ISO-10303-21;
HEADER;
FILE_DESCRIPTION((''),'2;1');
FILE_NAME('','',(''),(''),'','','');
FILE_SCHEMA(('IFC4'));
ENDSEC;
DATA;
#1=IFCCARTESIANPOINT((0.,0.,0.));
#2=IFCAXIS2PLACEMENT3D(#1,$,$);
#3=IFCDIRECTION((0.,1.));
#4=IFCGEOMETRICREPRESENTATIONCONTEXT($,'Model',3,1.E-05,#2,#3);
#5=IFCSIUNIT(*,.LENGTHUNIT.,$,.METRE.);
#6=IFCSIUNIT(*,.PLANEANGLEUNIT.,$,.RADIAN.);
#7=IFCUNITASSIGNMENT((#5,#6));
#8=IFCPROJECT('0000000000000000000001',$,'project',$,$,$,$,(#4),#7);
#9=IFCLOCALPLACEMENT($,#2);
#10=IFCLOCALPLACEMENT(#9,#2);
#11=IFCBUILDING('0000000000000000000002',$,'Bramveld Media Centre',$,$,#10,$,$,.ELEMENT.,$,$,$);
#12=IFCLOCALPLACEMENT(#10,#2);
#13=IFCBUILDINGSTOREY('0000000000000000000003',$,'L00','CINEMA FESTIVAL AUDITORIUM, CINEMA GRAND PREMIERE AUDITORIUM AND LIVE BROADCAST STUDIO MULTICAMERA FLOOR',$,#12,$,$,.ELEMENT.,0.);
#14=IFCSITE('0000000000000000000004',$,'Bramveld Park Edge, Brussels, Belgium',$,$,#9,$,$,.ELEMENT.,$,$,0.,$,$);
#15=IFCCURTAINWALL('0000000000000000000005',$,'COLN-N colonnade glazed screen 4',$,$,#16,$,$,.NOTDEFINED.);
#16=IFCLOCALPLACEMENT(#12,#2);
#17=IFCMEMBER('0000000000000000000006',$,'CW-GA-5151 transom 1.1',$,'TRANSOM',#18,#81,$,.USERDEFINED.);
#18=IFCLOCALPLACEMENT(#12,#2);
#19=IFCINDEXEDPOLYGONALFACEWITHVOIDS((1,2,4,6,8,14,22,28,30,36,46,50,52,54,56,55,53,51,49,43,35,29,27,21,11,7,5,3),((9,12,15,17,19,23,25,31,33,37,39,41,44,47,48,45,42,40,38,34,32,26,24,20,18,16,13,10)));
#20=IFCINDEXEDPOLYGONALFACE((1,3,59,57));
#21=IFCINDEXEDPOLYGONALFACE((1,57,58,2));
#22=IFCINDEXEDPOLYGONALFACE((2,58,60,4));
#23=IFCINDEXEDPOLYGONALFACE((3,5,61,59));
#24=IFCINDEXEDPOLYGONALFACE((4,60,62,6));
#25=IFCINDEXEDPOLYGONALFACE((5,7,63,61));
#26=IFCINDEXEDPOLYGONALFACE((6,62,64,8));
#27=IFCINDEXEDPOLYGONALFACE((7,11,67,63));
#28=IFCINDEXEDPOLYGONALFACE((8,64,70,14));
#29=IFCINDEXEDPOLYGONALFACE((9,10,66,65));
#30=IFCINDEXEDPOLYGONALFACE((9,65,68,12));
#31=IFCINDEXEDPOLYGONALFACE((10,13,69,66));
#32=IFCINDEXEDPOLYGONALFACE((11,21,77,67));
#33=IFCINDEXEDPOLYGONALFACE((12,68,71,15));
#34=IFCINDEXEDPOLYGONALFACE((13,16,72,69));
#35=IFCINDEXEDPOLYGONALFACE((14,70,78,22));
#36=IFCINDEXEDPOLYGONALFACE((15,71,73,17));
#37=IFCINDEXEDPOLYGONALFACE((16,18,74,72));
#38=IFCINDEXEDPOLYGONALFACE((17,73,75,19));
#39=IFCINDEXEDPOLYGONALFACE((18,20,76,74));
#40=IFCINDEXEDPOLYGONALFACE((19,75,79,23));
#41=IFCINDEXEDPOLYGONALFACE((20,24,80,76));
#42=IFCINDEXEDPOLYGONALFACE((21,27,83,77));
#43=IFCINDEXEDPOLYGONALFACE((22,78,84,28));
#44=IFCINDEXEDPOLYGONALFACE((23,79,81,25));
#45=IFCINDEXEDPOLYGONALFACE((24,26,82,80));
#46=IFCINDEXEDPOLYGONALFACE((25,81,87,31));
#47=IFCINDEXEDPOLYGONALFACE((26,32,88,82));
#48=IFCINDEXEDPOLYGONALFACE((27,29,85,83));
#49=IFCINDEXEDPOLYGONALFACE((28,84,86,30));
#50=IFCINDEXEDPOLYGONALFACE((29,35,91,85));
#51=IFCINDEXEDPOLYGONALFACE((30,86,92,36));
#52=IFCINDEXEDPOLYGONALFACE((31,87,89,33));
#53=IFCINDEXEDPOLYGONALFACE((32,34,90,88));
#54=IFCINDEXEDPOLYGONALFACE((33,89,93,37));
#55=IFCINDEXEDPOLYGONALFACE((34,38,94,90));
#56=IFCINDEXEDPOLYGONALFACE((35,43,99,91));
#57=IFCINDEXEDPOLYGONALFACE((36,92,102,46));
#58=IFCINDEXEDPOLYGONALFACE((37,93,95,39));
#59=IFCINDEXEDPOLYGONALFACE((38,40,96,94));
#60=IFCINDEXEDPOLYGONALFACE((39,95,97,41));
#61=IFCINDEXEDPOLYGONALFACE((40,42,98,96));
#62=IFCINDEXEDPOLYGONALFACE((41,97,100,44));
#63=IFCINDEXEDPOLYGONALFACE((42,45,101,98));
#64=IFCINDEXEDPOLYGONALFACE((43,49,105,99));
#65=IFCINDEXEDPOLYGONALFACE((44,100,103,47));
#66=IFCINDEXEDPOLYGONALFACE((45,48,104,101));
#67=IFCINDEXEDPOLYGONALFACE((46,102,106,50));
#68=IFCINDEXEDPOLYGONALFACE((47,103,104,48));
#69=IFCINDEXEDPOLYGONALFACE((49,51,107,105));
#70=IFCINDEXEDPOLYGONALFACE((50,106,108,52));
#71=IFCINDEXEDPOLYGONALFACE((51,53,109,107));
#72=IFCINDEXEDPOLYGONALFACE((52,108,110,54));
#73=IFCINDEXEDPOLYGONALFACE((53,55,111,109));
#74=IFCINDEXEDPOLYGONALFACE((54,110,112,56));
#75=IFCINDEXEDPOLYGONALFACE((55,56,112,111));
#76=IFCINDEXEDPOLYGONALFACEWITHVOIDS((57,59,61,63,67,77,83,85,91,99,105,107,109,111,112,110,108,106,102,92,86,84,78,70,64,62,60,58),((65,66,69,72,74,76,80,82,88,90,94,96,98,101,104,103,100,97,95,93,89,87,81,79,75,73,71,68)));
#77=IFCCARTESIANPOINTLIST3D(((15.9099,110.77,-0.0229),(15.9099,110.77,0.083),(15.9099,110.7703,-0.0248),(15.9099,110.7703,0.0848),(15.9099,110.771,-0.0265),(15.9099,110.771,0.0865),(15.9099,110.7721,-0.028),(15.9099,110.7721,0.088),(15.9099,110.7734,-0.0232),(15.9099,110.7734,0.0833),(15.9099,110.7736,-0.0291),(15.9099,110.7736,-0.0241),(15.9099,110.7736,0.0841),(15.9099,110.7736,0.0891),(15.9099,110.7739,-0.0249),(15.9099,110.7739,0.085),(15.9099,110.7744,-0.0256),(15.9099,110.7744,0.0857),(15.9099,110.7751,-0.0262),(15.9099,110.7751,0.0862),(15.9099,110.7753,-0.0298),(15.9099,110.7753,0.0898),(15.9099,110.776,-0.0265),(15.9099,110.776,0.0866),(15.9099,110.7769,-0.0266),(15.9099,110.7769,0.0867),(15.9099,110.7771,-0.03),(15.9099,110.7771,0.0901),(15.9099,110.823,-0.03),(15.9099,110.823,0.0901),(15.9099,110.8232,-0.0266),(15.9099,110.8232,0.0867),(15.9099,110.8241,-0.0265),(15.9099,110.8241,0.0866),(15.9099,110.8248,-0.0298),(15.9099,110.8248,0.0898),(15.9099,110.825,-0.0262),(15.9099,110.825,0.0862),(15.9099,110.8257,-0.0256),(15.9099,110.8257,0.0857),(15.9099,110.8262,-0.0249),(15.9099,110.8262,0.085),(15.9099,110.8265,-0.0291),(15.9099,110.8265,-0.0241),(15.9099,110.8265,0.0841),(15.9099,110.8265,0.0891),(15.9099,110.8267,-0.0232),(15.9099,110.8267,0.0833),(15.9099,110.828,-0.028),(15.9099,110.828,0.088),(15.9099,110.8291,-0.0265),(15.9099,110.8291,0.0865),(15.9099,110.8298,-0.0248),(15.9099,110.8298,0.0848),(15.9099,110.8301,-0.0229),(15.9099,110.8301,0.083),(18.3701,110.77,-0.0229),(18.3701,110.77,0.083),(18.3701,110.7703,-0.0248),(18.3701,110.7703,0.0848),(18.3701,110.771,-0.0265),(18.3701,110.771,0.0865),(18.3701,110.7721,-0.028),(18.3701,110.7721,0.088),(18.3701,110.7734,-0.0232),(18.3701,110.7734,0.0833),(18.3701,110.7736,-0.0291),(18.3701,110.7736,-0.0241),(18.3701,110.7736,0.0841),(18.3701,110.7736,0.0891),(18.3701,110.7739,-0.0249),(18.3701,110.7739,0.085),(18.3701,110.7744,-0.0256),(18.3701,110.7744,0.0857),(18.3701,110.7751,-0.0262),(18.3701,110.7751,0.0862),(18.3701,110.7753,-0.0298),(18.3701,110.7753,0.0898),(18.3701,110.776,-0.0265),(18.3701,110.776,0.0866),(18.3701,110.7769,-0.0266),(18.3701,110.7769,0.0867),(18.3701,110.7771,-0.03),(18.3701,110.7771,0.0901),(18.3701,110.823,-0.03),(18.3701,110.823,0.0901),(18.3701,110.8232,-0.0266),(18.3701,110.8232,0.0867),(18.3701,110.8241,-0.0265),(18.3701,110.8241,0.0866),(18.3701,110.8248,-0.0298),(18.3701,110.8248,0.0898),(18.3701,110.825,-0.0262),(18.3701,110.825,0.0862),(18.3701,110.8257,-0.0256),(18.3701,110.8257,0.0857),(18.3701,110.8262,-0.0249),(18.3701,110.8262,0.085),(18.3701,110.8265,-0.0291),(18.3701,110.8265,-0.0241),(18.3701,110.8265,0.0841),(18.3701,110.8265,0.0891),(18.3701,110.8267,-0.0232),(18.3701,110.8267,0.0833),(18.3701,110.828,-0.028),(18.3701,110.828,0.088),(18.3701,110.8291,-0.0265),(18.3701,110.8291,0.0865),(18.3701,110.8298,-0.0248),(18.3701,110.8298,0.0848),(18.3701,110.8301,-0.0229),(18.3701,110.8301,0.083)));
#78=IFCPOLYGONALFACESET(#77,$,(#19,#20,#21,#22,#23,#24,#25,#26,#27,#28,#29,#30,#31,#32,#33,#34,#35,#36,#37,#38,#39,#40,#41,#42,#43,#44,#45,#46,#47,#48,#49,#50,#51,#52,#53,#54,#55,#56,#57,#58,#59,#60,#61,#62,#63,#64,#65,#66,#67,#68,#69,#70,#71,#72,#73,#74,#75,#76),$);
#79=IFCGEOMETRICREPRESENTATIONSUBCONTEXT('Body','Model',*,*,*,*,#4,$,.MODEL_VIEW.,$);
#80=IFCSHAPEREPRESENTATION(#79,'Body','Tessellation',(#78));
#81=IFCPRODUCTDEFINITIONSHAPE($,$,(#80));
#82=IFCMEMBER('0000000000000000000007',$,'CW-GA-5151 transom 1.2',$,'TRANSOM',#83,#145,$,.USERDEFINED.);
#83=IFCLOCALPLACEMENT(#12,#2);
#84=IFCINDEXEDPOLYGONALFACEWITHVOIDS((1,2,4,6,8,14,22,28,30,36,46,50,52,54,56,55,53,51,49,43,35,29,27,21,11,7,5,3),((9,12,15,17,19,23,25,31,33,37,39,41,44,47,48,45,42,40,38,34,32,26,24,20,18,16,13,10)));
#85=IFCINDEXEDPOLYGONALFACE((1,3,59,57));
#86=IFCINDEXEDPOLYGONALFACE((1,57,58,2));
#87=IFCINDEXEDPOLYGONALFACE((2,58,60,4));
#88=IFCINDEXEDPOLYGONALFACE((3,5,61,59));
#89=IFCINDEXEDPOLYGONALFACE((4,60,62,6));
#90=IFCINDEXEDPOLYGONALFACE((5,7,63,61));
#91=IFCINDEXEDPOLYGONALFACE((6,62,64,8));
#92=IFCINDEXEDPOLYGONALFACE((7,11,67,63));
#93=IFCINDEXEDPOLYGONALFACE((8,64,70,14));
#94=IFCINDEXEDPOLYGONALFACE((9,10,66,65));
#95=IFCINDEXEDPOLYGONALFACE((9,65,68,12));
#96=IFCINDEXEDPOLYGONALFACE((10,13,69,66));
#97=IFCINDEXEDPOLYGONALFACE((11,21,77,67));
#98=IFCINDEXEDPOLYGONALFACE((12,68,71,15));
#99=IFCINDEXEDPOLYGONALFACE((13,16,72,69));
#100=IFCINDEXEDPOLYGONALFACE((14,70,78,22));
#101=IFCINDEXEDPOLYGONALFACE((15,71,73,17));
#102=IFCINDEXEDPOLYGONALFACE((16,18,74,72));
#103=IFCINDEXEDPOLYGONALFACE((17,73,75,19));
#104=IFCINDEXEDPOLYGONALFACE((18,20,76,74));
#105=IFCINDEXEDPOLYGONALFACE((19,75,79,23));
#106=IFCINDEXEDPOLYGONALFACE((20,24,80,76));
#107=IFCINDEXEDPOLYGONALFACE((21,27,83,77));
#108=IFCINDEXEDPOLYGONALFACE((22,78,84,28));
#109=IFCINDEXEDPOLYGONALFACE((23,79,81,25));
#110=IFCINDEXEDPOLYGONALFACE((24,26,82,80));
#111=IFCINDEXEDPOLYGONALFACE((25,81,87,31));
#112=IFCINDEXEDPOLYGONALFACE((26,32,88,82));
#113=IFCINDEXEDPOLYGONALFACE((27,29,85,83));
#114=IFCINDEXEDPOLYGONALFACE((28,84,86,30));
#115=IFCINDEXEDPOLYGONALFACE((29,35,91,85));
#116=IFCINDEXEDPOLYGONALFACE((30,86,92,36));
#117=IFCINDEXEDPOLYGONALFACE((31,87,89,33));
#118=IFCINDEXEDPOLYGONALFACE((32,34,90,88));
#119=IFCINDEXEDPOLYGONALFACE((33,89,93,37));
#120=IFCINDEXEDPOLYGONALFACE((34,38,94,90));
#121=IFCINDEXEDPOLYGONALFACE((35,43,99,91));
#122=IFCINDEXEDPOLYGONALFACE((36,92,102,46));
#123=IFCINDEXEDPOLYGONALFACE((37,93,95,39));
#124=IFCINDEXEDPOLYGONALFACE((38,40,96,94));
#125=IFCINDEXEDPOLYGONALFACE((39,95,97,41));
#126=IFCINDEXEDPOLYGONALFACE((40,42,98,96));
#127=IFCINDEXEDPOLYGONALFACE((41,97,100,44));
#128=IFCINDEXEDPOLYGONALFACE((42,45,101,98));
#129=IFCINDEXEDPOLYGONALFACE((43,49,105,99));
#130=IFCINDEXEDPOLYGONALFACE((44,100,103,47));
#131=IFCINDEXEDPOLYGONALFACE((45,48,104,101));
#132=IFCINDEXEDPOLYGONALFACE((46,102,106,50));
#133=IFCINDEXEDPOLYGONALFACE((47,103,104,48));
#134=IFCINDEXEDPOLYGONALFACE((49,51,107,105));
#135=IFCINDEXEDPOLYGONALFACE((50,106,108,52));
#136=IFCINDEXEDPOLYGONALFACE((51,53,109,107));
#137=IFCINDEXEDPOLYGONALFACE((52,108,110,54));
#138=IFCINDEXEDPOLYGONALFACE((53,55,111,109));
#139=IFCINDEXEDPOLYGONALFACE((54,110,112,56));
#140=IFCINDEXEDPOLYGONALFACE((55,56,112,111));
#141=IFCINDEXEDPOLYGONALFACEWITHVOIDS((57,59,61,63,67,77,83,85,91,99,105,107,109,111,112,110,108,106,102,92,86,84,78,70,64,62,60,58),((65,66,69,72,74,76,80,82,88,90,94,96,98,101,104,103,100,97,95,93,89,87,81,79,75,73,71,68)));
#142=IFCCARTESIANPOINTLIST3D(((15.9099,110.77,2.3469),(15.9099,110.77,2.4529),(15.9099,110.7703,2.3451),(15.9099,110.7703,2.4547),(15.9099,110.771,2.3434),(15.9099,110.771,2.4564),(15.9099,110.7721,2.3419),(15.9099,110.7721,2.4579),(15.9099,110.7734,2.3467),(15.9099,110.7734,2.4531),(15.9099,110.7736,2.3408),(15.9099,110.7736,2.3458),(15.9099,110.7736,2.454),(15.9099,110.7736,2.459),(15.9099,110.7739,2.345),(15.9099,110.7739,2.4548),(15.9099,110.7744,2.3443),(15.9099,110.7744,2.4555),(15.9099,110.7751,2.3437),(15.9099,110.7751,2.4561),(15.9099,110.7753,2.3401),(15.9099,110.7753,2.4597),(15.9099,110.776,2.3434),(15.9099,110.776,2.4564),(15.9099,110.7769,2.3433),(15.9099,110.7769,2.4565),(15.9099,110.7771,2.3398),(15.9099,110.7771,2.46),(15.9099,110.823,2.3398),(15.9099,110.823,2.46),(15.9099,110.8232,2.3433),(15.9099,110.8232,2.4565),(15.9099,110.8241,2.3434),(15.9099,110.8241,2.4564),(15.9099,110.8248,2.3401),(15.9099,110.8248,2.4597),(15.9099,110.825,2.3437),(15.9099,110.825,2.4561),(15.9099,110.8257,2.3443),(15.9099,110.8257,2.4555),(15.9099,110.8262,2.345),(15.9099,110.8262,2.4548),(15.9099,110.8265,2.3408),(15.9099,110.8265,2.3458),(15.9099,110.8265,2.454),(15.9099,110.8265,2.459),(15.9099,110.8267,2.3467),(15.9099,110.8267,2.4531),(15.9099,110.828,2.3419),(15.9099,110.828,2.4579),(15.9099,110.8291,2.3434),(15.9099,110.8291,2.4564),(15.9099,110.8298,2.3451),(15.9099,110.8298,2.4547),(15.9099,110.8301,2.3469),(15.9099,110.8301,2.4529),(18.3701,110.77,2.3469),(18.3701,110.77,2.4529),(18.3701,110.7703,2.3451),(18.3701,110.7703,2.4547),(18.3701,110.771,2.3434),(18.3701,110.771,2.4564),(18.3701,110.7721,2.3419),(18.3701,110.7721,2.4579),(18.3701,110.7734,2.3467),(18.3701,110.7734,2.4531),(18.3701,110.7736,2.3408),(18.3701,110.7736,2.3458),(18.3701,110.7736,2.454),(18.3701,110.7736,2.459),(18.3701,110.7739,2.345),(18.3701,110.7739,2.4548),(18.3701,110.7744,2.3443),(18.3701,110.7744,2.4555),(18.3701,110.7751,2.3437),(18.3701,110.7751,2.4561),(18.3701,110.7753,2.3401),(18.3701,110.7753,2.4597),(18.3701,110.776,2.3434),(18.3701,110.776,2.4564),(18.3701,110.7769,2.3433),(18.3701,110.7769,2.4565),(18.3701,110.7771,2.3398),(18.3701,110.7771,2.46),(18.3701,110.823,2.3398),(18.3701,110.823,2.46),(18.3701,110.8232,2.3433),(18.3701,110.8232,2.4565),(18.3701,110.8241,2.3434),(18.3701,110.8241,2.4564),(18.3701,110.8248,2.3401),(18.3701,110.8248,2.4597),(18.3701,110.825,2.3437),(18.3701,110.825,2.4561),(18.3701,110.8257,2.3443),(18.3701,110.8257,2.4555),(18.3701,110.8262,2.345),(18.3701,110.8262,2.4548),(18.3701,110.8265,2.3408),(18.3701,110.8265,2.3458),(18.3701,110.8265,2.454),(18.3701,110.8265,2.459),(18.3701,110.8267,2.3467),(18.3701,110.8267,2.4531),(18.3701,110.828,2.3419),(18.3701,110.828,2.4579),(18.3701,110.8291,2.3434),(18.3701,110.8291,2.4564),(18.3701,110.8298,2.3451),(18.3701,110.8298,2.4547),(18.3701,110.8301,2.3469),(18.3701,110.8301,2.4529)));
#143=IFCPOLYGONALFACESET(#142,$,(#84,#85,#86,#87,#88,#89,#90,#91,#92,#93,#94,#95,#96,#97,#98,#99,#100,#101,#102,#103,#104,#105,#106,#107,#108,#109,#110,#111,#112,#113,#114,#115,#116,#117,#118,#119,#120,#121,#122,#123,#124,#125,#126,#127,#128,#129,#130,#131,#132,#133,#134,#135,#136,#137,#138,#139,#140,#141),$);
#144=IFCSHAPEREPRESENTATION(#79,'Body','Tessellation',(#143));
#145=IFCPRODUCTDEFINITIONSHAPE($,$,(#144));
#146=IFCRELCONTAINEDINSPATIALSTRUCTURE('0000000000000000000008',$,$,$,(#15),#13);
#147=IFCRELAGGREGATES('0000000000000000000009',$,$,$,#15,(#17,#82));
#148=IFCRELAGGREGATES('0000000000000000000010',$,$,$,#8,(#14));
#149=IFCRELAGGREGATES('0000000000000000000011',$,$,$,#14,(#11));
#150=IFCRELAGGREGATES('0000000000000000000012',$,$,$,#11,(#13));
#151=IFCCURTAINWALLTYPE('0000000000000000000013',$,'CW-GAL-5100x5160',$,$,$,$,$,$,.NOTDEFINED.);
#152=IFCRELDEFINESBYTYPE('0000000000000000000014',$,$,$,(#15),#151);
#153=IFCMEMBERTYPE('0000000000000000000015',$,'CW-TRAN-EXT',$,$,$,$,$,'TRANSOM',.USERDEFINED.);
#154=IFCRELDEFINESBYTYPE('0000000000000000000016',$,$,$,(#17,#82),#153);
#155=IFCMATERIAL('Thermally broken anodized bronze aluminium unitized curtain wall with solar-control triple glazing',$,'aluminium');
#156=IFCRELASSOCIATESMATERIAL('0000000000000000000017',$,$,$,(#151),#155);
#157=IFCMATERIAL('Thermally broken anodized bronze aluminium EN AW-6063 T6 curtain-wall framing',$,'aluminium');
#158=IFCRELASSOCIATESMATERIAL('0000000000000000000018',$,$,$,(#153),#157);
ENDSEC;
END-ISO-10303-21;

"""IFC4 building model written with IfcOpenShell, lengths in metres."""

from ifc_helpers import new_model, si_unit, direction, frame, origin, origin_2d, place, context, subcontext, project, spatial, hollow_rectangle, extrude, material, material_profile, profile_set, type_object, element, aggregate, save


model = new_model("IFC4")

# Units and contexts
model_context = context("Model", 3, precision=1e-05, world=origin(), true_north=direction((0.0, 1.0)))
body_context = subcontext(model_context, "Body", "Model", "MODEL_VIEW")
ifc_project = project(units=[si_unit("LENGTHUNIT", "METRE"), si_unit("PLANEANGLEUNIT", "RADIAN")], contexts=[model_context])

# Site, building, storey
site_placement = place(None, origin())
site = spatial("IfcSite", under=ifc_project, at=site_placement, Name="Bramveld Park Edge, Brussels, Belgium", CompositionType="ELEMENT", RefElevation=0.0)
building_placement = place(site_placement, origin())
building = spatial("IfcBuilding", under=site, at=building_placement, Name="Bramveld Media Centre", CompositionType="ELEMENT")
storey_placement = place(building_placement, origin())
storey = spatial("IfcBuildingStorey", under=building, at=storey_placement, Name="L00", Description="CINEMA FESTIVAL AUDITORIUM, CINEMA GRAND PREMIERE AUDITORIUM AND LIVE BROADCAST STUDIO MULTICAMERA FLOOR", CompositionType="ELEMENT", Elevation=0.0)

# Curtain wall
ifc_material_1 = material(Name="Thermally broken anodized bronze aluminium unitized curtain wall with solar-control triple glazing", Category="aluminium")
curtain_wall_type_1 = type_object("IfcCurtainWallType", Name="CW-GAL-5100x5160", PredefinedType="NOTDEFINED", material=ifc_material_1)
curtain_wall_1_placement = place(storey_placement, origin())
curtain_wall_1 = element("IfcCurtainWall", 1, at=curtain_wall_1_placement, inside=storey, type_object=curtain_wall_type_1, Name="COLN-N colonnade glazed screen 4", PredefinedType="NOTDEFINED")

# Members
ifc_material_2 = material(Name="Thermally broken anodized bronze aluminium EN AW-6063 T6 curtain-wall framing", Category="aluminium")
ifc_material_profile_1 = material_profile(ifc_material_2, hollow_rectangle(XDim=0.0601, YDim=0.1201, WallThickness=0.0034, InnerFilletRadius=0.0034, OuterFilletRadius=0.0071, at=origin_2d()), Name="AL-TRAN 60x120")
ifc_profile_set_1 = profile_set([ifc_material_profile_1], Name="Thermally broken anodized bronze aluminium EN AW-6063 T6 curtain-wall framing")
member_type_1 = type_object("IfcMemberType", Name="CW-TRAN-EXT", ElementType="TRANSOM", PredefinedType="USERDEFINED", material=ifc_profile_set_1)
member_1_placement = place(storey_placement, frame((15.9099, 110.8, 0.03), z_axis=(1.0, 0.0, 0.0), x_axis=(0.0, 1.0, 0.0)))
member_1 = element("IfcMember", 2, at=member_1_placement, type_object=member_type_1, Name="CW-GA-5151 transom 1.1", ObjectType="TRANSOM", PredefinedType="USERDEFINED", context=body_context, shape_type="SweptSolid", body=[
    extrude(hollow_rectangle(XDim=0.0601, YDim=0.1201, WallThickness=0.0034, InnerFilletRadius=0.0034, OuterFilletRadius=0.0071, at=origin_2d()), origin(), (0.0, 0.0, 1.0), 2.4602),
])
member_2_placement = place(storey_placement, frame((15.9099, 110.8, 2.3999), z_axis=(1.0, 0.0, 0.0), x_axis=(0.0, 1.0, 0.0)))
member_2 = element("IfcMember", 3, at=member_2_placement, type_object=member_type_1, Name="CW-GA-5151 transom 1.2", ObjectType="TRANSOM", PredefinedType="USERDEFINED", context=body_context, shape_type="SweptSolid", body=[
    extrude(hollow_rectangle(XDim=0.0601, YDim=0.1201, WallThickness=0.0034, InnerFilletRadius=0.0034, OuterFilletRadius=0.0071, at=origin_2d()), origin(), (0.0, 0.0, 1.0), 2.4602),
])

aggregate(curtain_wall_1, [member_1, member_2])

save(model, "model.ifc")
